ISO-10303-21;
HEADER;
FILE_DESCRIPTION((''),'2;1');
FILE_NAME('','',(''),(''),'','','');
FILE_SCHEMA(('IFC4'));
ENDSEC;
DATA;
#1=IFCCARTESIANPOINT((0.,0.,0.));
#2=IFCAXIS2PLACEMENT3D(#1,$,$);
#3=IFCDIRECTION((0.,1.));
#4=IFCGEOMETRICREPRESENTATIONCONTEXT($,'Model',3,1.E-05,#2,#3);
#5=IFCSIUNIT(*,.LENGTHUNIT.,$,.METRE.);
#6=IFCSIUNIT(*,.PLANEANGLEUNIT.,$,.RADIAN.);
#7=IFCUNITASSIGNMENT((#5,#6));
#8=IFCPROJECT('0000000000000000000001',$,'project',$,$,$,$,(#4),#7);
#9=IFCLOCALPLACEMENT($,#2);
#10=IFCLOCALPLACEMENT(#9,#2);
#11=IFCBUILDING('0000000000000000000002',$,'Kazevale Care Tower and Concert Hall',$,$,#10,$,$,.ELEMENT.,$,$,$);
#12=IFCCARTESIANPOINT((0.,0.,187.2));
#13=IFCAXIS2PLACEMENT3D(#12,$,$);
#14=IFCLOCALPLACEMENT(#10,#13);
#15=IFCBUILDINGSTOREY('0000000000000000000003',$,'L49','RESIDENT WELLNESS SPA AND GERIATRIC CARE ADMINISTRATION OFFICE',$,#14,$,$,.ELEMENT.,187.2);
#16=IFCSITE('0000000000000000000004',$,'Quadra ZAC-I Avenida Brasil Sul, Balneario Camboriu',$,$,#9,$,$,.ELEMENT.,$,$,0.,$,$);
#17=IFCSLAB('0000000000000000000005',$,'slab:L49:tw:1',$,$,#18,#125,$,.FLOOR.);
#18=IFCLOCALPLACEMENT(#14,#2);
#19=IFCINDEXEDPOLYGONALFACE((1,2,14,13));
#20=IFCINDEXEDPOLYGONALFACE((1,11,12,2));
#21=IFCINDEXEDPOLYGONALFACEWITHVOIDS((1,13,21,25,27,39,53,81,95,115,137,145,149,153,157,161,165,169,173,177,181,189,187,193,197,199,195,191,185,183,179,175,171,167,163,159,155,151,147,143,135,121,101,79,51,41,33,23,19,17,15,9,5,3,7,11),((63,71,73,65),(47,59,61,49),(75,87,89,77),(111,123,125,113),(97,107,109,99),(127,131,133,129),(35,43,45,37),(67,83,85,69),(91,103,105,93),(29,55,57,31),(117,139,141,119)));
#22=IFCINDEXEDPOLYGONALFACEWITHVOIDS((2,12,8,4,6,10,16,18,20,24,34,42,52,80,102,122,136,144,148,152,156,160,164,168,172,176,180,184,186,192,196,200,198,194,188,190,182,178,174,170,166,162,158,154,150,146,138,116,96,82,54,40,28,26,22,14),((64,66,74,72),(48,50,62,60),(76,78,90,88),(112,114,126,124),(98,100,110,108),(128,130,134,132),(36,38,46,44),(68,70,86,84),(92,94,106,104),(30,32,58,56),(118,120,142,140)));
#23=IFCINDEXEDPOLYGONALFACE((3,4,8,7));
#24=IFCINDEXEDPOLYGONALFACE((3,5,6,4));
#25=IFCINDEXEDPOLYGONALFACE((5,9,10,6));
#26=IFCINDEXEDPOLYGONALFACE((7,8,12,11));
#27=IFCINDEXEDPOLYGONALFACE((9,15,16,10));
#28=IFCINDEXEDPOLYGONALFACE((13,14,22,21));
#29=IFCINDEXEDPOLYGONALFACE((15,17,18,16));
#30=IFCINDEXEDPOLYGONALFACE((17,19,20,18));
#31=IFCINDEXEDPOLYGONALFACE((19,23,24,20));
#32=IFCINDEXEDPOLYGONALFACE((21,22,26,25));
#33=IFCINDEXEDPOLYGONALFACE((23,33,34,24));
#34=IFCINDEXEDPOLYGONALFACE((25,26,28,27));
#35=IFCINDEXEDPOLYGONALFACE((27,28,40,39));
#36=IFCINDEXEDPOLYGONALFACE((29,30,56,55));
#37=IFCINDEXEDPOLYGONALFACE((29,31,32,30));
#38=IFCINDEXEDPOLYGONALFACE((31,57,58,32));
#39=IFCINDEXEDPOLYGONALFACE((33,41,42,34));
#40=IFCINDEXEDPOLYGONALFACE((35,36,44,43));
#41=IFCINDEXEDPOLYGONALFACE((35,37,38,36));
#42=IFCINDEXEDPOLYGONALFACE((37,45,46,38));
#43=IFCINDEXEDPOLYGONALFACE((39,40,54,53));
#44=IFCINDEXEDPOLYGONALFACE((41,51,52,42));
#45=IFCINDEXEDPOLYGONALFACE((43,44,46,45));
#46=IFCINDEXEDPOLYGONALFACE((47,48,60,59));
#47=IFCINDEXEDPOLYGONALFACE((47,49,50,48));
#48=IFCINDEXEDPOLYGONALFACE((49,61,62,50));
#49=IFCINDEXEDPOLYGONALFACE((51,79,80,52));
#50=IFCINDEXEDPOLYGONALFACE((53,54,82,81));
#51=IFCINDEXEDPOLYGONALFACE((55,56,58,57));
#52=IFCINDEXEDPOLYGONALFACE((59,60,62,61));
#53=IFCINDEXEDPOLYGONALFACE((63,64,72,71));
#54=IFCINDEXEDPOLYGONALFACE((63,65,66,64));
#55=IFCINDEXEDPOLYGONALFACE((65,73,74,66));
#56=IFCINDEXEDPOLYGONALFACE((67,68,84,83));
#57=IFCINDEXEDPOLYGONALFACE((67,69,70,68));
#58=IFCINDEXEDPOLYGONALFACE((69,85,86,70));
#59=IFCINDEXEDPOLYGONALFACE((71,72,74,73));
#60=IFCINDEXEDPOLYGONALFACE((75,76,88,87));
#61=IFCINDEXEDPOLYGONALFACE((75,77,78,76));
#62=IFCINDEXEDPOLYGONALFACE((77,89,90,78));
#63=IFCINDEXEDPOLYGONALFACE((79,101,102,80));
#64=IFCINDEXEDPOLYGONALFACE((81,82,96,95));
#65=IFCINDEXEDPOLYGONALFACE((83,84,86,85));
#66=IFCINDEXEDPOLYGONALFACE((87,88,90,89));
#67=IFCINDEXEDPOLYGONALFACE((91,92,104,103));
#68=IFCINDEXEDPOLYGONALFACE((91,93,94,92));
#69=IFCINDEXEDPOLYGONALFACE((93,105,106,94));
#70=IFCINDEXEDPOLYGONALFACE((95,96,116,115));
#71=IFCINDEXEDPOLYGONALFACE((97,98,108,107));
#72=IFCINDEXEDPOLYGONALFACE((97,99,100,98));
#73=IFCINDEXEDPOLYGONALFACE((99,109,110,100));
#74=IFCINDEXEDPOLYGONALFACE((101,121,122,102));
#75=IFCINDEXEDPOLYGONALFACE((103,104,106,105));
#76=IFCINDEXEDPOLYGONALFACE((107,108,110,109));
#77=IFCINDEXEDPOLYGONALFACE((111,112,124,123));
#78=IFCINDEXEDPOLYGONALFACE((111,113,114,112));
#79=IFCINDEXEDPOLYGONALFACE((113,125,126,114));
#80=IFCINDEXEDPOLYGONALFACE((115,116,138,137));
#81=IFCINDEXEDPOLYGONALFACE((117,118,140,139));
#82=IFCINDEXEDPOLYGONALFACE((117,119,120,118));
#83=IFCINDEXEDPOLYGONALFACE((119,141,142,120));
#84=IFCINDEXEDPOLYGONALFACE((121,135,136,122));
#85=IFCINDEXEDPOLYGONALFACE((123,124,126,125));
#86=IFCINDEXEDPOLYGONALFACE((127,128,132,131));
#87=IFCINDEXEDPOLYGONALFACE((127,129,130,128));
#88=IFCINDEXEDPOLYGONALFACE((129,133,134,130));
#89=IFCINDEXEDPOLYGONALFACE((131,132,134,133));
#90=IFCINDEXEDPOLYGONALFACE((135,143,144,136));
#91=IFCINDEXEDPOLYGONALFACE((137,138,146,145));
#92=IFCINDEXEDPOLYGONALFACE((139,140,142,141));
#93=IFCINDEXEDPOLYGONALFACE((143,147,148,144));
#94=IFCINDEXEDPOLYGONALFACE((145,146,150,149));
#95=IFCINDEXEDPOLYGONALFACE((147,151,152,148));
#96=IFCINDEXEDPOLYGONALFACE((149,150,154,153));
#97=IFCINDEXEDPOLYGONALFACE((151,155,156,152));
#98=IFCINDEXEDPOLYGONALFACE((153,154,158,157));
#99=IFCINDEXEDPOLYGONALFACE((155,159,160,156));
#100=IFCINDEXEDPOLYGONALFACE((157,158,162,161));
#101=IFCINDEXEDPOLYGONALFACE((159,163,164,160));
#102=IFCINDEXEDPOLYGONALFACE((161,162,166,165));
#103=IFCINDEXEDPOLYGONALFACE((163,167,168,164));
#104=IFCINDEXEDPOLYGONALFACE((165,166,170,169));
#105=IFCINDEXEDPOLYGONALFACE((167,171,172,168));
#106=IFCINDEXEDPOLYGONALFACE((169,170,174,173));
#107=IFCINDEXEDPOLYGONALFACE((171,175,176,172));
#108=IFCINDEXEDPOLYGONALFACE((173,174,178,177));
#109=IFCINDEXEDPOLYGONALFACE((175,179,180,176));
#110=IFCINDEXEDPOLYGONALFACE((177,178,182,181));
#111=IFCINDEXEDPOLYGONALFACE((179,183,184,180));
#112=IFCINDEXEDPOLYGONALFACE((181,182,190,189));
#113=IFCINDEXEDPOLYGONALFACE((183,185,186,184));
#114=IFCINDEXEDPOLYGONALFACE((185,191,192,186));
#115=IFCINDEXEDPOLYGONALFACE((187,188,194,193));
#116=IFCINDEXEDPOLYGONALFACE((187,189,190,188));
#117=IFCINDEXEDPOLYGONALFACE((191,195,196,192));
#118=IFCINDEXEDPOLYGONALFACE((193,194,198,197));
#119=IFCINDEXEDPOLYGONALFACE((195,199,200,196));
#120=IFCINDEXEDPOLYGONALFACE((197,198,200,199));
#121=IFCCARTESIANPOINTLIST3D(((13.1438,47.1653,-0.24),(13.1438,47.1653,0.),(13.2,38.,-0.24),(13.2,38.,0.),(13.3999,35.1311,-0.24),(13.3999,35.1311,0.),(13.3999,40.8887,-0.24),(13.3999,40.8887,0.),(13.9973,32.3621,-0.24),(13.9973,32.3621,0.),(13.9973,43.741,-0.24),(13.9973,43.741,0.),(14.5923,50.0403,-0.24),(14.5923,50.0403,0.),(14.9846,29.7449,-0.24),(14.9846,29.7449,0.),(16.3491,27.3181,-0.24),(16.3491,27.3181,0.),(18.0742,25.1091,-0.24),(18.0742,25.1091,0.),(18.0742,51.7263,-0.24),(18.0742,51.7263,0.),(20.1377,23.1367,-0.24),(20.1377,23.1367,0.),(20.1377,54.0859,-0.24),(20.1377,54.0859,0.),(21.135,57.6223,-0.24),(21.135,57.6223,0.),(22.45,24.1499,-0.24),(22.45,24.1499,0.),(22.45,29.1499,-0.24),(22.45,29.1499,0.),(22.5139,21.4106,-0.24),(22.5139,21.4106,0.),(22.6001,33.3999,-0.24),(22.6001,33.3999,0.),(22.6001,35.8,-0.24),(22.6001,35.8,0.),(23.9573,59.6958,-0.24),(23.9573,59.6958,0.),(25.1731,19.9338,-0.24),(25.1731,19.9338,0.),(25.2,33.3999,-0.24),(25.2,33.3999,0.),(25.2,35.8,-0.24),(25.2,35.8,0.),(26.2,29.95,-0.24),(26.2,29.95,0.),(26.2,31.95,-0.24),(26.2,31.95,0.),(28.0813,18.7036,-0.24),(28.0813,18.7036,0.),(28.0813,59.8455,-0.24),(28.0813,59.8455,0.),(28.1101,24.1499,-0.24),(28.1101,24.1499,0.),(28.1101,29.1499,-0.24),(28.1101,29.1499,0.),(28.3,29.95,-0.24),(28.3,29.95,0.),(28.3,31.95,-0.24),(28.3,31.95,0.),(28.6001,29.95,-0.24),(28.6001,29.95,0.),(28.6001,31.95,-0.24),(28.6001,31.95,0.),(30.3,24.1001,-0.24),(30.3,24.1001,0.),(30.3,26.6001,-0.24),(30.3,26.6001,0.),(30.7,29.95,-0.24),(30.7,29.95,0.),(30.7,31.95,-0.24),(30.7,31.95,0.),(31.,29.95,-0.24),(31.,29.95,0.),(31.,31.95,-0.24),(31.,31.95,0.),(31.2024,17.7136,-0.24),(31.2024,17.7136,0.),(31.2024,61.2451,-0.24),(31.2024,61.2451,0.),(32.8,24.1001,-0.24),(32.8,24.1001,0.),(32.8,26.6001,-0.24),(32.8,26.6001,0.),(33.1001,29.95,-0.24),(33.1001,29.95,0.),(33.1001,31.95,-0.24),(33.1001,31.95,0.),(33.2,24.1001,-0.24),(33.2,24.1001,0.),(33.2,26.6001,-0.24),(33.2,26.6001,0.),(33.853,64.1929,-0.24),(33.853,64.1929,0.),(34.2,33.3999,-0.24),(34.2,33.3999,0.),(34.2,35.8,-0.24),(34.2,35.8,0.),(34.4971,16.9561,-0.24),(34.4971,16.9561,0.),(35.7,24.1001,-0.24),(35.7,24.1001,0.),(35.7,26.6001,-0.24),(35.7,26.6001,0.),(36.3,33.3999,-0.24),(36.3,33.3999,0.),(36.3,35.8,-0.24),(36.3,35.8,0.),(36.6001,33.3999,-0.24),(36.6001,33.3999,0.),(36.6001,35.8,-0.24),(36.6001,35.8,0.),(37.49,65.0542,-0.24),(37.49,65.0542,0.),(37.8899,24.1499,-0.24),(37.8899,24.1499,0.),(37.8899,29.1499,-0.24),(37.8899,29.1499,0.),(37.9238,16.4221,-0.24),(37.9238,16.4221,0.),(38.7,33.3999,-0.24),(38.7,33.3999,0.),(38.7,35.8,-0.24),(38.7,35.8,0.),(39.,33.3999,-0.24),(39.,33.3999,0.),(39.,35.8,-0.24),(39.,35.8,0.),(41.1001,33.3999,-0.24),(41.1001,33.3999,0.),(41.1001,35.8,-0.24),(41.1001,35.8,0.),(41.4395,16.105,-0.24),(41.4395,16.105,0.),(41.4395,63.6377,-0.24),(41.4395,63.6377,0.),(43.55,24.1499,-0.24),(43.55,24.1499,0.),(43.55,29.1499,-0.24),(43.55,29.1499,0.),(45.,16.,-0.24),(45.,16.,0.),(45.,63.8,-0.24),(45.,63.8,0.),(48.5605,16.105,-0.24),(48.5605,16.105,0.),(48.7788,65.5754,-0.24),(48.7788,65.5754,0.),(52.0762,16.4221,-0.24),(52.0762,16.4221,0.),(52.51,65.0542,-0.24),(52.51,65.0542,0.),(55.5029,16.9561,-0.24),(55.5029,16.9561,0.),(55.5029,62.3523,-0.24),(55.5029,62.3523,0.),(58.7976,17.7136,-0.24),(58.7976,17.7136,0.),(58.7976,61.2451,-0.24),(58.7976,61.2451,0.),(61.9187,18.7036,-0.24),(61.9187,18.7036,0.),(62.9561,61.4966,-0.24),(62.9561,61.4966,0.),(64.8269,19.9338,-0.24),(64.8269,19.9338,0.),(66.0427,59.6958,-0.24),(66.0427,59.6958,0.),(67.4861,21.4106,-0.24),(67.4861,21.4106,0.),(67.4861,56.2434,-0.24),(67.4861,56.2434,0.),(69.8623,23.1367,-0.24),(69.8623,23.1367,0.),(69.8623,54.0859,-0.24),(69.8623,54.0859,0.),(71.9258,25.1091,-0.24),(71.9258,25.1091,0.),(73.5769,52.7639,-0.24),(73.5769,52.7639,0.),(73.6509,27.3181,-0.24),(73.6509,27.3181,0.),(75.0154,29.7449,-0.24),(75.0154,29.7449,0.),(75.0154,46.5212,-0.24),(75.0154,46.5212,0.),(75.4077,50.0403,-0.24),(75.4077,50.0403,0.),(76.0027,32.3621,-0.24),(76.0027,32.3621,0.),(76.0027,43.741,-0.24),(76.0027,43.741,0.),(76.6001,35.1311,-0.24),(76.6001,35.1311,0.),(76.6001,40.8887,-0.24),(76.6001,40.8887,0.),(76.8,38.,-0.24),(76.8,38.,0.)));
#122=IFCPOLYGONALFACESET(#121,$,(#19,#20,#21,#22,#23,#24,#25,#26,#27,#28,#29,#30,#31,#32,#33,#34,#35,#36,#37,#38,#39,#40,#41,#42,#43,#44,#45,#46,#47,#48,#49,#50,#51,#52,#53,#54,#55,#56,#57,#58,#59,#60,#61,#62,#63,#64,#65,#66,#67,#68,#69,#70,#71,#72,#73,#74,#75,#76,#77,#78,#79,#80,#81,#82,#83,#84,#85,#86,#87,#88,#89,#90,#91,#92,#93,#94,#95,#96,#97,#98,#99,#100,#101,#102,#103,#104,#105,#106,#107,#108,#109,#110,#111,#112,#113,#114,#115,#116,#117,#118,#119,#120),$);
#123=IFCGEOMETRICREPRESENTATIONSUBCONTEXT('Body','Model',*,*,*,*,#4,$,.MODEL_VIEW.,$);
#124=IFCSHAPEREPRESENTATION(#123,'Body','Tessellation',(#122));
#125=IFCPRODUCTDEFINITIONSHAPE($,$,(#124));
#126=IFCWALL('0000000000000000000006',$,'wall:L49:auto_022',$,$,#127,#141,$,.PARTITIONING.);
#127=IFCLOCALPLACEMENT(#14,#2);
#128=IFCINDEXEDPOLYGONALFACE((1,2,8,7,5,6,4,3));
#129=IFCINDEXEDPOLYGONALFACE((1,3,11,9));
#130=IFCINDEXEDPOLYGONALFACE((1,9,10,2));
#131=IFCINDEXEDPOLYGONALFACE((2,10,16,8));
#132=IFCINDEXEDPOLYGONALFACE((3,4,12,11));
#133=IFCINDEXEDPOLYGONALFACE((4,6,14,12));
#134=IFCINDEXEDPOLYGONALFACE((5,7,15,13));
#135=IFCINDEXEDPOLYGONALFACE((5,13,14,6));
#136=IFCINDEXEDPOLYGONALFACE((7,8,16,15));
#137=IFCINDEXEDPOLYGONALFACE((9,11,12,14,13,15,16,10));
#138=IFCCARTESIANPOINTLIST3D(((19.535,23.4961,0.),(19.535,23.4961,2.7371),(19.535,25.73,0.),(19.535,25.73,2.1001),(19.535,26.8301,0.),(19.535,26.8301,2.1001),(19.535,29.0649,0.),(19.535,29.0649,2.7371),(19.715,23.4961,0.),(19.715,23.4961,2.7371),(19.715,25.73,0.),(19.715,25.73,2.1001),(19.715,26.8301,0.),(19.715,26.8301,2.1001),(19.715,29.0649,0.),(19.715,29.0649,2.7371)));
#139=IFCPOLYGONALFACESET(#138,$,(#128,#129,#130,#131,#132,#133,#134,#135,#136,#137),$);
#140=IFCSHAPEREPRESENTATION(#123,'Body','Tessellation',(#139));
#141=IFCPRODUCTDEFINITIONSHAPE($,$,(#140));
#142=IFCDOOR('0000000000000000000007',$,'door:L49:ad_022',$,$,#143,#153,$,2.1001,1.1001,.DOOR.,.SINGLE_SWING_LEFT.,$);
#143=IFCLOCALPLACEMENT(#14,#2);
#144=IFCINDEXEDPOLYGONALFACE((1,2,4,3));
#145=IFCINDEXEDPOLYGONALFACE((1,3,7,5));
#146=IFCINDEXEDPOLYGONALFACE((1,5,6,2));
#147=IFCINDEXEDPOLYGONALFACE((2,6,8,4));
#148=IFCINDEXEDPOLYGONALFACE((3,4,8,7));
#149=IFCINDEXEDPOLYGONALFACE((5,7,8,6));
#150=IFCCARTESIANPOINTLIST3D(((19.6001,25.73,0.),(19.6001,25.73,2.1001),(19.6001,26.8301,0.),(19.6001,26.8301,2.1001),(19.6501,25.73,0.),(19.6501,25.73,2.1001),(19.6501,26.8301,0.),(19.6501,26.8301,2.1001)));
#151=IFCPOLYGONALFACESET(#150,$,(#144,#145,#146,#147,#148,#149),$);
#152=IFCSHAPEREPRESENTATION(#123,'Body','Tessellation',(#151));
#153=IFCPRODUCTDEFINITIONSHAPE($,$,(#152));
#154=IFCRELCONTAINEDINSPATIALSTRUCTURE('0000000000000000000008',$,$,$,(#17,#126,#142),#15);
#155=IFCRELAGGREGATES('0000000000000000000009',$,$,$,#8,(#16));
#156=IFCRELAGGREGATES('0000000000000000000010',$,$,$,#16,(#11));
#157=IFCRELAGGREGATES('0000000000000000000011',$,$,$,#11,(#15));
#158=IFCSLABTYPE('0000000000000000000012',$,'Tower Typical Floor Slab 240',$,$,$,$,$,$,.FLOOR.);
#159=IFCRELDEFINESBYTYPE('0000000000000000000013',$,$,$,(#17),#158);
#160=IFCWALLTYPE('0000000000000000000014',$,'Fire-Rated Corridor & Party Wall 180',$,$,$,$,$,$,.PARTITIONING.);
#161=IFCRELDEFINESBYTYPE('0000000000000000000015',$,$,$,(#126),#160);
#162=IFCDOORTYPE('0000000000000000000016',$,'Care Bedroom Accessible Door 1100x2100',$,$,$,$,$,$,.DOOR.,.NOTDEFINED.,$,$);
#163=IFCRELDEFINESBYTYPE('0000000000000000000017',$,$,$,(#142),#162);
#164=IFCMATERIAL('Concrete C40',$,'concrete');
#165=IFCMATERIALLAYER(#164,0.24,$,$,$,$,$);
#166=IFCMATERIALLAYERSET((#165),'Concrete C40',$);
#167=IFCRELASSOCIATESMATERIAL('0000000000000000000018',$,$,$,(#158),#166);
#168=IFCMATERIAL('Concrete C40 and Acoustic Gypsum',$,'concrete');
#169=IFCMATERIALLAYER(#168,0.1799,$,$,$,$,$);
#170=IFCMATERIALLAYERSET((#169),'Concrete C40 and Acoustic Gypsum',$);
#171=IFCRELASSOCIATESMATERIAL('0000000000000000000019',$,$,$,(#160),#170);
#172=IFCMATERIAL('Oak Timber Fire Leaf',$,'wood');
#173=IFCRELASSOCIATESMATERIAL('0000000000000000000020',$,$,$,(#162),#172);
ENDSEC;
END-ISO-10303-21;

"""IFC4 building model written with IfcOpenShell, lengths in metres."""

from ifc_helpers import new_model, si_unit, direction, frame, frame_2d, origin, place, context, subcontext, project, spatial, polyline, rectangle, outline, extrude, material, layer, layer_set, type_object, element, fill, save


model = new_model("IFC4")

# Units and contexts
model_context = context("Model", 3, precision=1e-05, world=origin(), true_north=direction((0.0, 1.0)))
body_context = subcontext(model_context, "Body", "Model", "MODEL_VIEW")
ifc_project = project(units=[si_unit("LENGTHUNIT", "METRE"), si_unit("PLANEANGLEUNIT", "RADIAN")], contexts=[model_context])

# Site, building, storey
site_placement = place(None, origin())
site = spatial("IfcSite", under=ifc_project, at=site_placement, Name="Quadra ZAC-I Avenida Brasil Sul, Balneario Camboriu", CompositionType="ELEMENT", RefElevation=0.0)
building_placement = place(site_placement, origin())
building = spatial("IfcBuilding", under=site, at=building_placement, Name="Kazevale Care Tower and Concert Hall", CompositionType="ELEMENT")
storey_placement = place(building_placement, frame((0.0, 0.0, 187.2)))
storey = spatial("IfcBuildingStorey", under=building, at=storey_placement, Name="L49", Description="RESIDENT WELLNESS SPA AND GERIATRIC CARE ADMINISTRATION OFFICE", CompositionType="ELEMENT", Elevation=187.2)

# Shared definitions
ifc_material_1 = material(Name="Concrete C40", Category="concrete")

# Slab
ifc_layer_1 = layer(ifc_material_1, 0.24)
ifc_layer_set_1 = layer_set([ifc_layer_1], Name="Concrete C40")
slab_type_1 = type_object("IfcSlabType", Name="Tower Typical Floor Slab 240", PredefinedType="FLOOR", material=ifc_layer_set_1)
slab_1_placement = place(storey_placement, frame((0.0, 0.0, -0.24)))
element("IfcSlab", 1, at=slab_1_placement, inside=storey, type_object=slab_type_1, Name="slab:L49:tw:1", PredefinedType="FLOOR", context=body_context, shape_type="SweptSolid", body=[
    extrude(outline(polyline([(76.8, 38.0), (76.6001, 40.8887), (76.0027, 43.741), (75.0154, 46.5212), (75.4077, 50.0403), (73.5769, 52.7639), (69.8623, 54.0859), (67.4861, 56.2434), (66.0427, 59.6958), (62.9561, 61.4966), (58.7976, 61.2451), (55.5029, 62.3523), (52.51, 65.0542), (48.7788, 65.5754), (45.0, 63.8), (41.4395, 63.6377), (37.49, 65.0542), (33.853, 64.1929), (31.2024, 61.2451), (28.0813, 59.8455), (23.9573, 59.6958), (21.135, 57.6223), (20.1377, 54.0859), (18.0742, 51.7263), (14.5923, 50.0403), (13.1438, 47.1653), (13.9973, 43.741), (13.3999, 40.8887), (13.2, 38.0), (13.3999, 35.1311), (13.9973, 32.3621), (14.9846, 29.7449), (16.3491, 27.3181), (18.0742, 25.1091), (20.1377, 23.1367), (22.5139, 21.4106), (25.1731, 19.9338), (28.0813, 18.7036), (31.2024, 17.7136), (34.4971, 16.9561), (37.9238, 16.4221), (41.4395, 16.105), (45.0, 16.0), (48.5605, 16.105), (52.0762, 16.4221), (55.5029, 16.9561), (58.7976, 17.7136), (61.9187, 18.7036), (64.8269, 19.9338), (67.4861, 21.4106), (69.8623, 23.1367), (71.9258, 25.1091), (73.6509, 27.3181), (75.0154, 29.7449), (76.0027, 32.3621), (76.6001, 35.1311), (76.8, 38.0)]), holes=[polyline([(22.45, 24.1499), (28.1101, 24.1499), (28.1101, 29.1499), (22.45, 29.1499), (22.45, 24.1499)]), polyline([(37.8899, 24.1499), (43.55, 24.1499), (43.55, 29.1499), (37.8899, 29.1499), (37.8899, 24.1499)]), polyline([(30.3, 24.1001), (32.8, 24.1001), (32.8, 26.6001), (30.3, 26.6001), (30.3, 24.1001)]), polyline([(33.2, 24.1001), (35.7, 24.1001), (35.7, 26.6001), (33.2, 26.6001), (33.2, 24.1001)]), polyline([(22.6001, 33.3999), (25.2, 33.3999), (25.2, 35.8), (22.6001, 35.8), (22.6001, 33.3999)]), polyline([(34.2, 33.3999), (36.3, 33.3999), (36.3, 35.8), (34.2, 35.8), (34.2, 33.3999)]), polyline([(36.6001, 33.3999), (38.7, 33.3999), (38.7, 35.8), (36.6001, 35.8), (36.6001, 33.3999)]), polyline([(39.0, 33.3999), (41.1001, 33.3999), (41.1001, 35.8), (39.0, 35.8), (39.0, 33.3999)]), polyline([(26.2, 29.95), (28.3, 29.95), (28.3, 31.95), (26.2, 31.95), (26.2, 29.95)]), polyline([(28.6001, 29.95), (30.7, 29.95), (30.7, 31.95), (28.6001, 31.95), (28.6001, 29.95)]), polyline([(31.0, 29.95), (33.1001, 29.95), (33.1001, 31.95), (31.0, 31.95), (31.0, 29.95)])]), origin(), (0.0, 0.0, 1.0), 0.24),
])

# Wall, opening, door
ifc_material_2 = material(Name="Concrete C40 and Acoustic Gypsum", Category="concrete")
ifc_layer_2 = layer(ifc_material_2, 0.1799)
ifc_layer_set_2 = layer_set([ifc_layer_2], Name="Concrete C40 and Acoustic Gypsum")
wall_type = type_object("IfcWallType", Name="Fire-Rated Corridor & Party Wall 180", PredefinedType="PARTITIONING", material=ifc_layer_set_2)
wall_placement = place(storey_placement, frame((19.625, 23.4961, 0.0), z_axis=(0.0, 0.0, 1.0), x_axis=(0.0, 1.0, 0.0)))
wall = element("IfcWall", 2, at=wall_placement, inside=storey, type_object=wall_type, Name="wall:L49:auto_022", PredefinedType="PARTITIONING", context=body_context, shape_type="SweptSolid", body=[
    extrude(rectangle(XDim=5.5688, YDim=0.1799, at=frame_2d((2.7844, 0.0))), origin(), (0.0, 0.0, 1.0), 2.7371),
])
opening_placement = place(wall_placement, frame((2.2339, 0.0, 0.0)))
opening = element("IfcOpeningElement", 3, at=opening_placement, cuts=wall, PredefinedType="OPENING", context=body_context, shape_type="SweptSolid", body=[
    extrude(rectangle(XDim=1.1001, YDim=2.1001, at=frame_2d((0.55, 1.05))), frame((0.0, 0.0999, 0.0), z_axis=(0.0, -1.0, 0.0), x_axis=(1.0, 0.0, 0.0)), (0.0, 0.0, 1.0), 0.2),
])
ifc_material_3 = material(Name="Oak Timber Fire Leaf", Category="wood")
door_type = type_object("IfcDoorType", Name="Care Bedroom Accessible Door 1100x2100", OperationType="NOTDEFINED", PredefinedType="DOOR", material=ifc_material_3)
door_placement = place(opening_placement, origin())
door = element("IfcDoor", 4, at=door_placement, inside=storey, type_object=door_type, Name="door:L49:ad_022", OperationType="SINGLE_SWING_LEFT", OverallHeight=2.1001, OverallWidth=1.1001, PredefinedType="DOOR", context=body_context, shape_type="SweptSolid", body=[
    extrude(rectangle(XDim=1.1001, YDim=2.1001, at=frame_2d((0.55, 1.05))), frame((0.0, 0.0249, 0.0), z_axis=(0.0, -1.0, 0.0), x_axis=(1.0, 0.0, 0.0)), (0.0, 0.0, 1.0), 0.05),
])
fill(opening, door)

save(model, "model.ifc")
